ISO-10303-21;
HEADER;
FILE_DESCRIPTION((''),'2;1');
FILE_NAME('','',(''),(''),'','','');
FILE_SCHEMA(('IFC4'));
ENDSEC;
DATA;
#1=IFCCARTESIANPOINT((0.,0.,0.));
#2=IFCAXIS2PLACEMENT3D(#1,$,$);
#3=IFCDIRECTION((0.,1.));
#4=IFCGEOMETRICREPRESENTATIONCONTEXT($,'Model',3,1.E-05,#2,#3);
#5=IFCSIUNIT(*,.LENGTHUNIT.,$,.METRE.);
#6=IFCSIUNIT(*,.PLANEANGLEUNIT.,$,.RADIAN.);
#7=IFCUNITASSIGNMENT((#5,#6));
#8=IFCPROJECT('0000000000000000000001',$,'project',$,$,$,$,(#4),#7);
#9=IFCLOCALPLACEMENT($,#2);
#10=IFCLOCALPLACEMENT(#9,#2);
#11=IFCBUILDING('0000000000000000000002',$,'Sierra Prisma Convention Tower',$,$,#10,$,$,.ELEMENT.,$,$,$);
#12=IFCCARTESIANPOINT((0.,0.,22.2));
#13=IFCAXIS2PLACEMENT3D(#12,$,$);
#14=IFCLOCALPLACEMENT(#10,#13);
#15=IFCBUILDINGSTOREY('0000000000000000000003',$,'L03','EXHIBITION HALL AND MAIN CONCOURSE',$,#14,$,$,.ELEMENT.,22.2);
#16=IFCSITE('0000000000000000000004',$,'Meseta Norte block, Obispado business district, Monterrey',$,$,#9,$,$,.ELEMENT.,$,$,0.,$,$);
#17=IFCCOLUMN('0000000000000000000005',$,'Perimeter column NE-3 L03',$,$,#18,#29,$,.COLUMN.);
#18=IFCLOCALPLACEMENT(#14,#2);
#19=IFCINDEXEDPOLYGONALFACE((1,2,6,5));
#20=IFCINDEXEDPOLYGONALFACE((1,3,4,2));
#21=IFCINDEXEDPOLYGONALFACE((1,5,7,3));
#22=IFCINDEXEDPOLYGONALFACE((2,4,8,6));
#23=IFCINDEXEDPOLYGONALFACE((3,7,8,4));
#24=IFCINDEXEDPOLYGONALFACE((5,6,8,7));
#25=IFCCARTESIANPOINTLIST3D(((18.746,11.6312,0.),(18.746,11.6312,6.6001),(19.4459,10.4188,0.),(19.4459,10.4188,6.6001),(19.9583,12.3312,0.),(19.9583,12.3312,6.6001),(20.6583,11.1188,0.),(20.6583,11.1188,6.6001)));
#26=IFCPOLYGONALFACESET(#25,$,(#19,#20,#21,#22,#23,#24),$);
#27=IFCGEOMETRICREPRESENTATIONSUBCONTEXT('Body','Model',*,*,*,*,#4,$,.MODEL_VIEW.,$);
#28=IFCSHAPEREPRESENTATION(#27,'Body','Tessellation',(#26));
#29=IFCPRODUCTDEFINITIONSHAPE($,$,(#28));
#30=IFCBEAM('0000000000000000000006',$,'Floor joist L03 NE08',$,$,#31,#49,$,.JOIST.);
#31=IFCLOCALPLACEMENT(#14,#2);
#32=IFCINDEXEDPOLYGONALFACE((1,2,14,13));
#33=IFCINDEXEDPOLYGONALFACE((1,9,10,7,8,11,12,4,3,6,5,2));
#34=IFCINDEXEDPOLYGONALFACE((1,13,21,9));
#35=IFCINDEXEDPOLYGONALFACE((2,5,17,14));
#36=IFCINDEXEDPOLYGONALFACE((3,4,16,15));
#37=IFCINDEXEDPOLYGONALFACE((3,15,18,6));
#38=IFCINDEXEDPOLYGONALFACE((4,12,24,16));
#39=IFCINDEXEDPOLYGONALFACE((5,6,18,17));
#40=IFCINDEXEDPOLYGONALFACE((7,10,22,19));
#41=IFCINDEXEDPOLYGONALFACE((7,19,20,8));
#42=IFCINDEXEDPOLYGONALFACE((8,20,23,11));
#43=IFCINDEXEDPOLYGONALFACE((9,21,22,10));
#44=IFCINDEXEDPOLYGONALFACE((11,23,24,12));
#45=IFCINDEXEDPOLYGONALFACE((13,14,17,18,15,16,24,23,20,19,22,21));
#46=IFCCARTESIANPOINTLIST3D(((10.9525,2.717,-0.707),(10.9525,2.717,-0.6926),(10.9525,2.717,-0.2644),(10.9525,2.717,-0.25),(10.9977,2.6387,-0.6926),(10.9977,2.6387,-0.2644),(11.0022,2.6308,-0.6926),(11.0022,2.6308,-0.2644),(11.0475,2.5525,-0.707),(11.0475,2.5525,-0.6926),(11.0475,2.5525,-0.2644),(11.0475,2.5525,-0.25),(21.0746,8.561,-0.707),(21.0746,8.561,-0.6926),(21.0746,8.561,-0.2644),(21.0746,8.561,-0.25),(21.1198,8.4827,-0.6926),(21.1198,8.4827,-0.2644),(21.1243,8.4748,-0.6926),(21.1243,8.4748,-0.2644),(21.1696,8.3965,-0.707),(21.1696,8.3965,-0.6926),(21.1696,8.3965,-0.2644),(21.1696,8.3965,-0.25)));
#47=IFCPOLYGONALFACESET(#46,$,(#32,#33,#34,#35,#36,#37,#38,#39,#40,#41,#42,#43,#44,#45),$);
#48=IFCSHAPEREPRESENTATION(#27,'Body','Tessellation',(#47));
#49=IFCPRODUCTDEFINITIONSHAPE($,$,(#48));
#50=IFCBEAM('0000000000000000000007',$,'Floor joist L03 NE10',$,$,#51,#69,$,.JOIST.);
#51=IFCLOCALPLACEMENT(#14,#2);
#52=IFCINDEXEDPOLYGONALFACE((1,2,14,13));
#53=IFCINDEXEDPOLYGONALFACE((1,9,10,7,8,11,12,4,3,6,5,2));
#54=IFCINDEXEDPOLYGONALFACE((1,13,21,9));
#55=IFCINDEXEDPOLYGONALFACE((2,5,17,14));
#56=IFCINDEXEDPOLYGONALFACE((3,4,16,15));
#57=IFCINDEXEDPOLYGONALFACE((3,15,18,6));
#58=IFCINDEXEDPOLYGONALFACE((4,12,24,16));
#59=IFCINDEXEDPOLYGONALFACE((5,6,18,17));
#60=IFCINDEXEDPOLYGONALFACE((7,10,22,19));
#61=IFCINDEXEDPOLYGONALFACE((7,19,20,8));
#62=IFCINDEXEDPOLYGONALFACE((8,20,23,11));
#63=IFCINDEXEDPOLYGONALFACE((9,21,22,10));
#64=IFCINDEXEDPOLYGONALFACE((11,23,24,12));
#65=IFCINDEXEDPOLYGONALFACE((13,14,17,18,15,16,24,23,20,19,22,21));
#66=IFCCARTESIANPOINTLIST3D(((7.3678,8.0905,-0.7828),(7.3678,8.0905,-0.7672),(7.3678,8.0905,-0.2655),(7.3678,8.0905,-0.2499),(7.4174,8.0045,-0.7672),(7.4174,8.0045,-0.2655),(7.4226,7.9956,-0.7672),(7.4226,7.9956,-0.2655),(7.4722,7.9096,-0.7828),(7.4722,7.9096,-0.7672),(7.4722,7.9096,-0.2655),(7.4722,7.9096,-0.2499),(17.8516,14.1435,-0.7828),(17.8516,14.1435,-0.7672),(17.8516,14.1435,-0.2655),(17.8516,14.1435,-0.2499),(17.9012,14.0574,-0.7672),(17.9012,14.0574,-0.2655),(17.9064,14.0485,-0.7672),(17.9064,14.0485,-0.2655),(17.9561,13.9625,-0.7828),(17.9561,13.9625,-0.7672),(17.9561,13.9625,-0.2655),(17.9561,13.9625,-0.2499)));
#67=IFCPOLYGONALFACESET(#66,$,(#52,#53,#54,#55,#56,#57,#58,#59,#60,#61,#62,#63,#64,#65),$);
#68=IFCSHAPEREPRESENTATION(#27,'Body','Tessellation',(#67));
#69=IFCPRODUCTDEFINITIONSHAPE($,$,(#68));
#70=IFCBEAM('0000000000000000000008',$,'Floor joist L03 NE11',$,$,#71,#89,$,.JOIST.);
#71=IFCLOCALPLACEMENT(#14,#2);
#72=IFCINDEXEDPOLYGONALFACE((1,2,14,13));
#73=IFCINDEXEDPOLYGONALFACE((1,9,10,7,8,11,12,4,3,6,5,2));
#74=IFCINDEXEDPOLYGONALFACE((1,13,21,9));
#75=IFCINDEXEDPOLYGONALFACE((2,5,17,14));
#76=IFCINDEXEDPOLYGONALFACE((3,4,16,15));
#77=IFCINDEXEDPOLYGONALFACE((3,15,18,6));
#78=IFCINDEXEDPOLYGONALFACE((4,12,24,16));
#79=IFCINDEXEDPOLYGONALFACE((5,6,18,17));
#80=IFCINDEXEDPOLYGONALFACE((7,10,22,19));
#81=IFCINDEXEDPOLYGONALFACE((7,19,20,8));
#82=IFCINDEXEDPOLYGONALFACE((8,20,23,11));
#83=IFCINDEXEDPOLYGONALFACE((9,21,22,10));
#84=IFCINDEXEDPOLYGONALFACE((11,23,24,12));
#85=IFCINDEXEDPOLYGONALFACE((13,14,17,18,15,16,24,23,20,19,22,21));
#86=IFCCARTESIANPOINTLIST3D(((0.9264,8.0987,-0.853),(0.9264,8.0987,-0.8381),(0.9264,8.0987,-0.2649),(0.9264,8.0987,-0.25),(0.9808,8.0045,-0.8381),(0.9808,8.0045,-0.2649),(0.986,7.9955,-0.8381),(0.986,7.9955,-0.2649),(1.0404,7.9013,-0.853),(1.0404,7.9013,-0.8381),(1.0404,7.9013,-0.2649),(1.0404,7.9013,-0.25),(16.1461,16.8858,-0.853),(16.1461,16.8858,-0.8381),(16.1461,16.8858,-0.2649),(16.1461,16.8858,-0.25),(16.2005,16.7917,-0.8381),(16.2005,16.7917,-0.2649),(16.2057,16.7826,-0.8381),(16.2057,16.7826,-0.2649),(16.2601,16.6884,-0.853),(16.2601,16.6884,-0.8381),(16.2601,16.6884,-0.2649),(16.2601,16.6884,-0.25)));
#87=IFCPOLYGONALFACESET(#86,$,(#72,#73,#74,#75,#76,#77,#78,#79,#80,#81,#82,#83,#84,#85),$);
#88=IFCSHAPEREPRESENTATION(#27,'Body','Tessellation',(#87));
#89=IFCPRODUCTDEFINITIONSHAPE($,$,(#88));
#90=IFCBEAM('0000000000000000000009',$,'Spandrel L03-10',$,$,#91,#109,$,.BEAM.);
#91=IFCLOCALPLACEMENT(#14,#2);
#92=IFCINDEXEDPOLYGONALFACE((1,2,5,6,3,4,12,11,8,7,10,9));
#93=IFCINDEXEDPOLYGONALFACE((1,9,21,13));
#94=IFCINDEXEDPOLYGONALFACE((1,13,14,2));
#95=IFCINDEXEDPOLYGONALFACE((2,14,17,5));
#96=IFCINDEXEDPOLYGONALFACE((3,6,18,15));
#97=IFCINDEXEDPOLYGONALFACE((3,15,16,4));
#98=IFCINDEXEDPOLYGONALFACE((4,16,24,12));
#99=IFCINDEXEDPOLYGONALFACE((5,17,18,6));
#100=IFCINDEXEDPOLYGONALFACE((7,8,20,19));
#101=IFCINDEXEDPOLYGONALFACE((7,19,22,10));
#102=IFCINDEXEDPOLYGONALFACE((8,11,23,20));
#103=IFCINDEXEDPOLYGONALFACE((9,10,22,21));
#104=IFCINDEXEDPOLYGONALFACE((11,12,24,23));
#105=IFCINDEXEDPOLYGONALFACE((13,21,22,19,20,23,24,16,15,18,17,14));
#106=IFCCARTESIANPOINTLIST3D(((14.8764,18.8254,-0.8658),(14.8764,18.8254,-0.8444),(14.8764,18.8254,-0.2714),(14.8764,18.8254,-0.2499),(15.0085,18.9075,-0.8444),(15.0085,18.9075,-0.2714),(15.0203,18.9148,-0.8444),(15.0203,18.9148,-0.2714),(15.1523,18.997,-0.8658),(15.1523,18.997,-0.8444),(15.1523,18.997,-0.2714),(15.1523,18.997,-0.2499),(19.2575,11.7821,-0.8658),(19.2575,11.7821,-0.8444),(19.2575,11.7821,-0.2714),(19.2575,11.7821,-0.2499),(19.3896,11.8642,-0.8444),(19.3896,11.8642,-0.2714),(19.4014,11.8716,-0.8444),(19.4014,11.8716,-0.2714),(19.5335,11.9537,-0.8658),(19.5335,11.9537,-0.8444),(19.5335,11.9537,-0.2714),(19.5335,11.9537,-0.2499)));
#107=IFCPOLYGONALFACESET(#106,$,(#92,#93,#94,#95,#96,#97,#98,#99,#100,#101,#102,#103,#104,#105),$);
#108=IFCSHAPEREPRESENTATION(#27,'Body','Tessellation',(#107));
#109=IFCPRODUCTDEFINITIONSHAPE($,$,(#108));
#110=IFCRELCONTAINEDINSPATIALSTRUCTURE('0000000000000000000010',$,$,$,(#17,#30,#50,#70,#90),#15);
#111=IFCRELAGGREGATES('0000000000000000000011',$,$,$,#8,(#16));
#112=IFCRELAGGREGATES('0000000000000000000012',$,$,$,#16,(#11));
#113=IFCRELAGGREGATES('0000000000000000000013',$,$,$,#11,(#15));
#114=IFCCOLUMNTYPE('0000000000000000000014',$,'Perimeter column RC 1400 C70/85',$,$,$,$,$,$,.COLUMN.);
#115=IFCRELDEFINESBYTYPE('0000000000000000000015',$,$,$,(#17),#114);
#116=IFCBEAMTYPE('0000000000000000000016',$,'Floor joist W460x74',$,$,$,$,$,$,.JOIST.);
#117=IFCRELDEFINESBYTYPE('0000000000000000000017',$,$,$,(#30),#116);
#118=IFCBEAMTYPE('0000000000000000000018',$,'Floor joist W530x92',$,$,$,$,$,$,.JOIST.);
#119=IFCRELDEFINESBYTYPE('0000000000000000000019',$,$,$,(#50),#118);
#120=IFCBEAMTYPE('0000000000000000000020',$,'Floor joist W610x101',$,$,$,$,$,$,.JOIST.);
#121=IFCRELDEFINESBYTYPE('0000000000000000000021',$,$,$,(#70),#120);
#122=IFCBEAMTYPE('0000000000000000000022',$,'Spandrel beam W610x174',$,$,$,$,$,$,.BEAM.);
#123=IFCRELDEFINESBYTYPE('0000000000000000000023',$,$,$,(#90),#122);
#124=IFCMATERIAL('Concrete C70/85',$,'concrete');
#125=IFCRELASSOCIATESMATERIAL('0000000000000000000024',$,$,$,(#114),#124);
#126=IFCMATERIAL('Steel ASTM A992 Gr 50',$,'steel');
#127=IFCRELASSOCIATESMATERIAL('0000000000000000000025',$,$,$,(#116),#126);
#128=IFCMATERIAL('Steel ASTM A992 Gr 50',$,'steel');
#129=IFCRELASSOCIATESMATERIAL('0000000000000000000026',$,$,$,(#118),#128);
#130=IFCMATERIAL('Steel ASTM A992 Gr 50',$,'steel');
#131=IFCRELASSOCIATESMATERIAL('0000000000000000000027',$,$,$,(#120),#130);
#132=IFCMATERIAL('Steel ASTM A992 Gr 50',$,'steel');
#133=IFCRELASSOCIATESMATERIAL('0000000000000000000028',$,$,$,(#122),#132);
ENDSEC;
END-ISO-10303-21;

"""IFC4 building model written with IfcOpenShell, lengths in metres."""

from ifc_helpers import new_model, si_unit, direction, frame, origin, origin_2d, place, context, subcontext, project, spatial, rectangle, i_section, extrude, material, material_profile, profile_set, type_object, element, save


model = new_model("IFC4")

# Units and contexts
model_context = context("Model", 3, precision=1e-05, world=origin(), true_north=direction((0.0, 1.0)))
body_context = subcontext(model_context, "Body", "Model", "MODEL_VIEW")
ifc_project = project(units=[si_unit("LENGTHUNIT", "METRE"), si_unit("PLANEANGLEUNIT", "RADIAN")], contexts=[model_context])

# Site, building, storey
site_placement = place(None, origin())
site = spatial("IfcSite", under=ifc_project, at=site_placement, Name="Meseta Norte block, Obispado business district, Monterrey", CompositionType="ELEMENT", RefElevation=0.0)
building_placement = place(site_placement, origin())
building = spatial("IfcBuilding", under=site, at=building_placement, Name="Sierra Prisma Convention Tower", CompositionType="ELEMENT")
storey_placement = place(building_placement, frame((0.0, 0.0, 22.2)))
storey = spatial("IfcBuildingStorey", under=building, at=storey_placement, Name="L03", Description="EXHIBITION HALL AND MAIN CONCOURSE", CompositionType="ELEMENT", Elevation=22.2)

# Column
ifc_material_1 = material(Name="Concrete C70/85", Category="concrete")
ifc_material_profile_1 = material_profile(ifc_material_1, rectangle(XDim=1.3999, YDim=1.3999, at=origin_2d()), Name="Perimeter column RC 1400 C70/85")
ifc_profile_set_1 = profile_set([ifc_material_profile_1], Name="Concrete C70/85")
column_type = type_object("IfcColumnType", Name="Perimeter column RC 1400 C70/85", PredefinedType="COLUMN", material=ifc_profile_set_1)
column_placement = place(storey_placement, frame((19.7021, 11.375, 0.0), z_axis=(0.0, 0.0, 1.0), x_axis=(-0.5, 0.866025, 0.0)))
element("IfcColumn", 1, at=column_placement, inside=storey, type_object=column_type, Name="Perimeter column NE-3 L03", PredefinedType="COLUMN", context=body_context, shape_type="SweptSolid", body=[
    extrude(rectangle(XDim=1.3999, YDim=1.3999, at=origin_2d()), origin(), (0.0, 0.0, 1.0), 6.6001),
])

# Beams
ifc_material_2 = material(Name="Steel ASTM A992 Gr 50", Category="steel")
ifc_material_profile_2 = material_profile(ifc_material_2, i_section(OverallWidth=0.1899, OverallDepth=0.457, WebThickness=0.009, FlangeThickness=0.0144, at=origin_2d()), Name="W460x74")
ifc_profile_set_2 = profile_set([ifc_material_profile_2], Name="Steel ASTM A992 Gr 50")
beam_type_1 = type_object("IfcBeamType", Name="Floor joist W460x74", PredefinedType="JOIST", material=ifc_profile_set_2)
beam_1_placement = place(storey_placement, frame((21.1221, 8.4788, -0.4785), z_axis=(-0.866025, -0.500001, 0.0), x_axis=(0.500001, -0.866025, 0.0)))
element("IfcBeam", 2, at=beam_1_placement, inside=storey, type_object=beam_type_1, Name="Floor joist L03 NE08", PredefinedType="JOIST", context=body_context, shape_type="SweptSolid", body=[
    extrude(i_section(OverallWidth=0.1899, OverallDepth=0.457, WebThickness=0.009, FlangeThickness=0.0144, at=origin_2d()), origin(), (0.0, 0.0, 1.0), 11.688),
])
ifc_material_3 = material(Name="Steel ASTM A992 Gr 50", Category="steel")
ifc_material_profile_3 = material_profile(ifc_material_3, i_section(OverallWidth=0.209, OverallDepth=0.533, WebThickness=0.0103, FlangeThickness=0.0156, at=origin_2d()), Name="W530x92")
ifc_profile_set_3 = profile_set([ifc_material_profile_3], Name="Steel ASTM A992 Gr 50")
beam_type_2 = type_object("IfcBeamType", Name="Floor joist W530x92", PredefinedType="JOIST", material=ifc_profile_set_3)
beam_2_placement = place(storey_placement, frame((17.9038, 14.053, -0.5164), z_axis=(-0.866022, -0.500006, 0.0), x_axis=(0.500006, -0.866022, 0.0)))
element("IfcBeam", 3, at=beam_2_placement, inside=storey, type_object=beam_type_2, Name="Floor joist L03 NE10", PredefinedType="JOIST", context=body_context, shape_type="SweptSolid", body=[
    extrude(i_section(OverallWidth=0.209, OverallDepth=0.533, WebThickness=0.0103, FlangeThickness=0.0156, at=origin_2d()), origin(), (0.0, 0.0, 1.0), 12.1057),
])
ifc_material_4 = material(Name="Steel ASTM A992 Gr 50", Category="steel")
ifc_material_profile_4 = material_profile(ifc_material_4, i_section(OverallWidth=0.228, OverallDepth=0.603, WebThickness=0.0105, FlangeThickness=0.0149, at=origin_2d()), Name="W610x101")
ifc_profile_set_4 = profile_set([ifc_material_profile_4], Name="Steel ASTM A992 Gr 50")
beam_type_3 = type_object("IfcBeamType", Name="Floor joist W610x101", PredefinedType="JOIST", material=ifc_profile_set_4)
beam_3_placement = place(storey_placement, frame((16.2031, 16.7871, -0.5515), z_axis=(-0.866025, -0.5, 0.0), x_axis=(0.5, -0.866025, 0.0)))
element("IfcBeam", 4, at=beam_3_placement, inside=storey, type_object=beam_type_3, Name="Floor joist L03 NE11", PredefinedType="JOIST", context=body_context, shape_type="SweptSolid", body=[
    extrude(i_section(OverallWidth=0.228, OverallDepth=0.603, WebThickness=0.0105, FlangeThickness=0.0149, at=origin_2d()), origin(), (0.0, 0.0, 1.0), 17.5742),
])
ifc_material_5 = material(Name="Steel ASTM A992 Gr 50", Category="steel")
ifc_material_profile_5 = material_profile(ifc_material_5, i_section(OverallWidth=0.325, OverallDepth=0.616, WebThickness=0.0139, FlangeThickness=0.0215, at=origin_2d()), Name="W610x174")
ifc_profile_set_5 = profile_set([ifc_material_profile_5], Name="Steel ASTM A992 Gr 50")
beam_type_4 = type_object("IfcBeamType", Name="Spandrel beam W610x174", PredefinedType="BEAM", material=ifc_profile_set_5)
beam_4_placement = place(storey_placement, frame((19.3955, 11.8679, -0.5579), z_axis=(-0.528185, 0.849129, 0.0), x_axis=(-0.849129, -0.528185, 0.0)))
element("IfcBeam", 5, at=beam_4_placement, inside=storey, type_object=beam_type_4, Name="Spandrel L03-10", PredefinedType="BEAM", context=body_context, shape_type="SweptSolid", body=[
    extrude(i_section(OverallWidth=0.325, OverallDepth=0.616, WebThickness=0.0139, FlangeThickness=0.0215, at=origin_2d()), origin(), (0.0, 0.0, 1.0), 8.2947),
])

save(model, "model.ifc")
